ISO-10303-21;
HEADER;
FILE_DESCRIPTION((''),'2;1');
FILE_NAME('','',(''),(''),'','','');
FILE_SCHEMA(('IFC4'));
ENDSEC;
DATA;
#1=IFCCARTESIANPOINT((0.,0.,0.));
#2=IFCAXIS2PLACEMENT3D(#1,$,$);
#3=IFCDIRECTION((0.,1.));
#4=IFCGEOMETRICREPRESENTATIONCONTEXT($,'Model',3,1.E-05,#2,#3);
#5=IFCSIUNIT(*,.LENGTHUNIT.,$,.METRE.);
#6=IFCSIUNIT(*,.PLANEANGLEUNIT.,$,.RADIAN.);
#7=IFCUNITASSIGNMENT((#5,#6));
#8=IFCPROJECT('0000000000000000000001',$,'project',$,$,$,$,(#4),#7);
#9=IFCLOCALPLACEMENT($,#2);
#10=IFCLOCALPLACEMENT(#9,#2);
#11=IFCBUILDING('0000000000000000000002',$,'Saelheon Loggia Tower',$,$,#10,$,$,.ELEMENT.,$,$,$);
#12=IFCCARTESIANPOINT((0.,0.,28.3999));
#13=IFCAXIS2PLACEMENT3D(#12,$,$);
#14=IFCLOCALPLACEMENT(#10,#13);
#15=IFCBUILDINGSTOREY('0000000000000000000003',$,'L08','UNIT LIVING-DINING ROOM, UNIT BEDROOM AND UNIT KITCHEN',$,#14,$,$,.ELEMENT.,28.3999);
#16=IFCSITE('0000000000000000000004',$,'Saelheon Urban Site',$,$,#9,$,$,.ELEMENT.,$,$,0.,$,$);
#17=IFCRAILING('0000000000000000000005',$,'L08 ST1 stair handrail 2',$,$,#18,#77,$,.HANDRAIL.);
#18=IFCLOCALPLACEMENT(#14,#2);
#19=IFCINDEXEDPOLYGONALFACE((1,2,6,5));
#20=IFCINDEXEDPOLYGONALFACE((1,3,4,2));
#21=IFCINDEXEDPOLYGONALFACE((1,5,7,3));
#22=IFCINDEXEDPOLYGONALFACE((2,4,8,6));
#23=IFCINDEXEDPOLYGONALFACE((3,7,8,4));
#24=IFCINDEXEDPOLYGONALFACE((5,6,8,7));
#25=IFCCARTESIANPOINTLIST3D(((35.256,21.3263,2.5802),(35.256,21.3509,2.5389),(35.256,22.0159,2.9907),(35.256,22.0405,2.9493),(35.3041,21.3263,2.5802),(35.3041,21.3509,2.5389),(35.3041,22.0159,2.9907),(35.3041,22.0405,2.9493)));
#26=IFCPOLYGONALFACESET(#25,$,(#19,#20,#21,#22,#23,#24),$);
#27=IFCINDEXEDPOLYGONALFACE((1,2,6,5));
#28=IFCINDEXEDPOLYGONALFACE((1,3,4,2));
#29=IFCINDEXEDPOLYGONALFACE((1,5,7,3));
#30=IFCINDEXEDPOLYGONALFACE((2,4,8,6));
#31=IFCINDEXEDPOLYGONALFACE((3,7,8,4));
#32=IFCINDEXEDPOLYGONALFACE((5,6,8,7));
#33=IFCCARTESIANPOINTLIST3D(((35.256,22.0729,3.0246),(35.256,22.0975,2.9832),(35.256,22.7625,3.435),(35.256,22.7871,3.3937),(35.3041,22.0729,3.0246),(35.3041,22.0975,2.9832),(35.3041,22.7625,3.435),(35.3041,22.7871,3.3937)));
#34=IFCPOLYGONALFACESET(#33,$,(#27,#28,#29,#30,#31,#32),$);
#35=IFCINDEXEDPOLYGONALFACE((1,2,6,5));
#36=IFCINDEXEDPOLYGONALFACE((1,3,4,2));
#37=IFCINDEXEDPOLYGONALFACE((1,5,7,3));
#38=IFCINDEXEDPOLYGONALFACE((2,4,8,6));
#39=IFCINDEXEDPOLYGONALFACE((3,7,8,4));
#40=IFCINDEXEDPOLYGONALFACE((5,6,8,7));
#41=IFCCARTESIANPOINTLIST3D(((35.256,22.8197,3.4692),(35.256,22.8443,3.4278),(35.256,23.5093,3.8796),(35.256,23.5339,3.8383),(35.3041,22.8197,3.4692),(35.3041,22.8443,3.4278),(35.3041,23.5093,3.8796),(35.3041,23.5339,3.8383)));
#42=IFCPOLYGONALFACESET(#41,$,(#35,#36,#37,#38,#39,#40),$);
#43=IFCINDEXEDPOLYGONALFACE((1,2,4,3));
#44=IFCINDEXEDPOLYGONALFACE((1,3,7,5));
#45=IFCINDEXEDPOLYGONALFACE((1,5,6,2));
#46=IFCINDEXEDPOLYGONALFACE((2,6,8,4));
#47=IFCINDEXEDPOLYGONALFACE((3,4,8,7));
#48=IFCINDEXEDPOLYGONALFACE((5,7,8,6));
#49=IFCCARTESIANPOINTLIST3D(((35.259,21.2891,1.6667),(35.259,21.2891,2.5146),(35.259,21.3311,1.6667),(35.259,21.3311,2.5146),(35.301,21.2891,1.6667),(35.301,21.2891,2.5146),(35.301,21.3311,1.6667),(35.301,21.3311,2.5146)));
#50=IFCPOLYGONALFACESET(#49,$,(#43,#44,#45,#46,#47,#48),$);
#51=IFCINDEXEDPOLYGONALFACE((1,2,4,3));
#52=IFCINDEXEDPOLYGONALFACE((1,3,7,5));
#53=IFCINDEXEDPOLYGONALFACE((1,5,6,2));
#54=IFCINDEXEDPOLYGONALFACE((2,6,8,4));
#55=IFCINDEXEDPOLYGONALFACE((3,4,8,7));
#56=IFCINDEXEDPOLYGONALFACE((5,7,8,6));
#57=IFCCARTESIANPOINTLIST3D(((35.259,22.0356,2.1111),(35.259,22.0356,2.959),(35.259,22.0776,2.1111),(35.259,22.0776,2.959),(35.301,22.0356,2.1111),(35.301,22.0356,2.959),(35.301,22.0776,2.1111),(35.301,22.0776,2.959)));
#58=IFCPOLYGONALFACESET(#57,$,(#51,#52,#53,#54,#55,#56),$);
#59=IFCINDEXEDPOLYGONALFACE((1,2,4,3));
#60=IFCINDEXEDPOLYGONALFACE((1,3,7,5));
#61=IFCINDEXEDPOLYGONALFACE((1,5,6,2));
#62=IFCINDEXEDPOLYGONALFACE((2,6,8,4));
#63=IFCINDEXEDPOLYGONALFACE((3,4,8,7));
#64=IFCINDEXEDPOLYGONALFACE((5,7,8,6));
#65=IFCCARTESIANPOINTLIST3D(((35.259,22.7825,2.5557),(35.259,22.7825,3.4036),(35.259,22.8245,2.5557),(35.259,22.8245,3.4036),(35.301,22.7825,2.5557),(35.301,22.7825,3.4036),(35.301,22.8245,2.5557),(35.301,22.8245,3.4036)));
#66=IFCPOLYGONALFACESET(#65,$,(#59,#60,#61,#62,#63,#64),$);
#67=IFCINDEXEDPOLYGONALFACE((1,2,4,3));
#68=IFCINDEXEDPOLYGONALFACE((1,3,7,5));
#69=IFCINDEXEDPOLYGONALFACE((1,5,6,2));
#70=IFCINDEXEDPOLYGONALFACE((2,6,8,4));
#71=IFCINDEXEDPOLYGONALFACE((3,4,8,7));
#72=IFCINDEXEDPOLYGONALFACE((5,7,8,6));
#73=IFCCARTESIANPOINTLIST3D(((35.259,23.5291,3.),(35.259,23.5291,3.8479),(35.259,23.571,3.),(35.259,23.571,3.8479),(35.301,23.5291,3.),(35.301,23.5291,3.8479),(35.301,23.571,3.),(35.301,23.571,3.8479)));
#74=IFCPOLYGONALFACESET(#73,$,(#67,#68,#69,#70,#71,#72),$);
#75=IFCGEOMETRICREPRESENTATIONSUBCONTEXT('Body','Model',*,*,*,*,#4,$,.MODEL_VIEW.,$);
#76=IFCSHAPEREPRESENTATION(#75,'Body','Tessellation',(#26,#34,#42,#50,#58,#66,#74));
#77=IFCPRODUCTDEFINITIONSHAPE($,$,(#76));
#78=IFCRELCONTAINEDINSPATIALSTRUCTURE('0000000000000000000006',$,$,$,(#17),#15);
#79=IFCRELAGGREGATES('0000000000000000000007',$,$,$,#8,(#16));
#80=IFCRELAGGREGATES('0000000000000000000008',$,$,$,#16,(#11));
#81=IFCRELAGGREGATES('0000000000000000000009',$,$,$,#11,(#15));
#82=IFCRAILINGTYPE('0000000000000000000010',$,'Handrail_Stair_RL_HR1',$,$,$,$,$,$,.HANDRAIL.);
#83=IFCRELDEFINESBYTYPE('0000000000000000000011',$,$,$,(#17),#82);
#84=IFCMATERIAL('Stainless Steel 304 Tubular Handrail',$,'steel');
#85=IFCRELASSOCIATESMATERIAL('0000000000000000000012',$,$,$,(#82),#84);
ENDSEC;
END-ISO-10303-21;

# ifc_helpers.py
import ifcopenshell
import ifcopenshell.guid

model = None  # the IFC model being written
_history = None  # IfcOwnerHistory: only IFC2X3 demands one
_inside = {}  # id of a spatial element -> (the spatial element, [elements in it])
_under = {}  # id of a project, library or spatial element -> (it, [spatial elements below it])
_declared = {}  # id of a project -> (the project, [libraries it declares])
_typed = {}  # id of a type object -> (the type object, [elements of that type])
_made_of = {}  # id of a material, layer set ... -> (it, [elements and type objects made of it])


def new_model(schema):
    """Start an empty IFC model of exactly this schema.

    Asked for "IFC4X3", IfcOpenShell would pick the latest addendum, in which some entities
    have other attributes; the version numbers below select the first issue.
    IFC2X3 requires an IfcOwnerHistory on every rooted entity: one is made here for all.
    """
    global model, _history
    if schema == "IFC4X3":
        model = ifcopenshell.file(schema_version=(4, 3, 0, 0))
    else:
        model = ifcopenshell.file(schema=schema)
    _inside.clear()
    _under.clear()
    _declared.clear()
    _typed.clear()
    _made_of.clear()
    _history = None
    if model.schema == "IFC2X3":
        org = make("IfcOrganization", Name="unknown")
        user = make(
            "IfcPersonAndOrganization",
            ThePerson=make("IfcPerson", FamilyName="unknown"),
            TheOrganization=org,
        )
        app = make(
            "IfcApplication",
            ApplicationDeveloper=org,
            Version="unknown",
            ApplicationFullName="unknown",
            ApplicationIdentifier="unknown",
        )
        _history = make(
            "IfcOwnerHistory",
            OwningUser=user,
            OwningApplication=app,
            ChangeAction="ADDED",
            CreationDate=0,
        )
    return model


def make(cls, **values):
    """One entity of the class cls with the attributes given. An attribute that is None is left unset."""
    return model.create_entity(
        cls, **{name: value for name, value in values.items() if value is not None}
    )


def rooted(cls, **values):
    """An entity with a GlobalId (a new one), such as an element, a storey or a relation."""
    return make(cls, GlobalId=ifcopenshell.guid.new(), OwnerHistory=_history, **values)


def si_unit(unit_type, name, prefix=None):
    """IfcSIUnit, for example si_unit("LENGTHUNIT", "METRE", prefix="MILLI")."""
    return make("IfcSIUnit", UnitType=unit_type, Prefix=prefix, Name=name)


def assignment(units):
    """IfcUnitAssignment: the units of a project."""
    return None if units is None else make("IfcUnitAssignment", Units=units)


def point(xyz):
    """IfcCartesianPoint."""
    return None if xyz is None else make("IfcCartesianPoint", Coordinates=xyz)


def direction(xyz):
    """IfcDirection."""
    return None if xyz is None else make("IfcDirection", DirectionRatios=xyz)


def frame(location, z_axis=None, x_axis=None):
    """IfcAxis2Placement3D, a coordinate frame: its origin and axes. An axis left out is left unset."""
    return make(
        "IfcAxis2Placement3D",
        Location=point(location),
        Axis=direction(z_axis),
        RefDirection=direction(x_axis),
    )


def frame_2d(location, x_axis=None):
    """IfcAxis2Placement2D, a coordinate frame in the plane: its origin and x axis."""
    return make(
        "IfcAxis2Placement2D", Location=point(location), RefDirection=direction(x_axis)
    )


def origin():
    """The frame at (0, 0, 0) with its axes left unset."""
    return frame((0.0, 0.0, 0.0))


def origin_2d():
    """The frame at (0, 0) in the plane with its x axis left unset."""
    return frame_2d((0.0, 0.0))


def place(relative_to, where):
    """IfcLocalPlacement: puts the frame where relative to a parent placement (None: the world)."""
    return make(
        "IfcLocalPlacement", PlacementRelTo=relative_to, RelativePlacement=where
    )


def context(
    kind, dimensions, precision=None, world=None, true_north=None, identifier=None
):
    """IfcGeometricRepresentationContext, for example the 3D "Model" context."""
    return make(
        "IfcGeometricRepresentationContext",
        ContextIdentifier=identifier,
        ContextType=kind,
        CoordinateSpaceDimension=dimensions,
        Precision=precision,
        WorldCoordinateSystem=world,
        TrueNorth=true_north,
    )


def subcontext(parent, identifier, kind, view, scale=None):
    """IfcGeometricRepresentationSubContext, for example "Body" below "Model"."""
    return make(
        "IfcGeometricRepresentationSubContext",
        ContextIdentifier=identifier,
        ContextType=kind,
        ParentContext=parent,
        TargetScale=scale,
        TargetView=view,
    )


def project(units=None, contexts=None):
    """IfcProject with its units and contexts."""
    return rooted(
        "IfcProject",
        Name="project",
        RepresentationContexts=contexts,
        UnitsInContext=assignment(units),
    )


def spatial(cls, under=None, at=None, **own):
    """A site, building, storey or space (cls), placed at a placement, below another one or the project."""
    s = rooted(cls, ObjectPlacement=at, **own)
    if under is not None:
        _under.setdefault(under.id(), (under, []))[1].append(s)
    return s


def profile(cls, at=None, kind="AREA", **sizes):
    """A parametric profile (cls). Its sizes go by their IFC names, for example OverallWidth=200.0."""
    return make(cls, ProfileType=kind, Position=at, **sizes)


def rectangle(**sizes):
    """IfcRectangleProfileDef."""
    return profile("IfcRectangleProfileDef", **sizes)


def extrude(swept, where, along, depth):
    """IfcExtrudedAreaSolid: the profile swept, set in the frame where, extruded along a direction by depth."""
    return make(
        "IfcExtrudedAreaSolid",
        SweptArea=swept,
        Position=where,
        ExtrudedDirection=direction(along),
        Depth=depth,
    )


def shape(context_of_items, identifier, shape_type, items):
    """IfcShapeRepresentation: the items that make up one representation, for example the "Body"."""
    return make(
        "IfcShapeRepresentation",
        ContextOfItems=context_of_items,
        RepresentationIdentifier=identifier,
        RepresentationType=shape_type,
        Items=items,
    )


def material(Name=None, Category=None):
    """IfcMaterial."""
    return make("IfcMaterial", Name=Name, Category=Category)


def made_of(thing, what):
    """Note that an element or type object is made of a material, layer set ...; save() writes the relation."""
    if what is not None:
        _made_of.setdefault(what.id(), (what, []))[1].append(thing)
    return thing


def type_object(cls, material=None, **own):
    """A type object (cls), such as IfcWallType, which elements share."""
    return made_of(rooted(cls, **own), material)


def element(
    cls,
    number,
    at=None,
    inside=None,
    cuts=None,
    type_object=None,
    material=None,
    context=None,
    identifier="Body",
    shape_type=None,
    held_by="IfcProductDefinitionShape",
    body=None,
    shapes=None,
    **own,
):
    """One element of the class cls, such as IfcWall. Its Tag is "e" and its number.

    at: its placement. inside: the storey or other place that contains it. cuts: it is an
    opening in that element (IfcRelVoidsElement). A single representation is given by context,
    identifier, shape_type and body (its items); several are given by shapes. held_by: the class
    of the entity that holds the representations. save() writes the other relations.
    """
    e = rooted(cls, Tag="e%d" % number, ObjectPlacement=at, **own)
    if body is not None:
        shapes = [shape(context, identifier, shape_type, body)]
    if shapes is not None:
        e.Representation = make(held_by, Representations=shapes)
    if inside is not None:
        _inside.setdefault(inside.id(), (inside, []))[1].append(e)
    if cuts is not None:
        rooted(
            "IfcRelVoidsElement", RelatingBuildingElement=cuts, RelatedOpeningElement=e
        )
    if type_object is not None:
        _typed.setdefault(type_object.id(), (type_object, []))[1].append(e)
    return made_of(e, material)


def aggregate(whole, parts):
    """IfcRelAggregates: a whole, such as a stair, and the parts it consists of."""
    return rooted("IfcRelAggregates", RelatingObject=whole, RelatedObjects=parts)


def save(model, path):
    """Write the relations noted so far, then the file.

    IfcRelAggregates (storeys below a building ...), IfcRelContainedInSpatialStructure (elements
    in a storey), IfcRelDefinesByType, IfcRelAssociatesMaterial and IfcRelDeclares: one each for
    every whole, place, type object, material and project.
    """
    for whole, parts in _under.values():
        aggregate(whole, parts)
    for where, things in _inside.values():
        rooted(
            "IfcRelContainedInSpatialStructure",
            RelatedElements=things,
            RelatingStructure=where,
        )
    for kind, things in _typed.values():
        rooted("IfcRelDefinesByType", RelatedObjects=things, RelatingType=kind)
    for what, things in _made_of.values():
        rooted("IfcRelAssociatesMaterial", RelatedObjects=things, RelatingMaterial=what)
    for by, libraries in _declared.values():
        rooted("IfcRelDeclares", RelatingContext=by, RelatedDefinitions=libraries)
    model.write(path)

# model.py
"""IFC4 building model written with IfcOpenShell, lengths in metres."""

from ifc_helpers import new_model, si_unit, direction, frame, origin, origin_2d, place, context, subcontext, project, spatial, rectangle, extrude, material, type_object, element, save


model = new_model("IFC4")

# Units and contexts
model_context = context("Model", 3, precision=1e-05, world=origin(), true_north=direction((0.0, 1.0)))
body_context = subcontext(model_context, "Body", "Model", "MODEL_VIEW")
ifc_project = project(units=[si_unit("LENGTHUNIT", "METRE"), si_unit("PLANEANGLEUNIT", "RADIAN")], contexts=[model_context])

# Site, building, storey
site_placement = place(None, origin())
site = spatial("IfcSite", under=ifc_project, at=site_placement, Name="Saelheon Urban Site", CompositionType="ELEMENT", RefElevation=0.0)
building_placement = place(site_placement, origin())
building = spatial("IfcBuilding", under=site, at=building_placement, Name="Saelheon Loggia Tower", CompositionType="ELEMENT")
storey_placement = place(building_placement, frame((0.0, 0.0, 28.3999)))
storey = spatial("IfcBuildingStorey", under=building, at=storey_placement, Name="L08", Description="UNIT LIVING-DINING ROOM, UNIT BEDROOM AND UNIT KITCHEN", CompositionType="ELEMENT", Elevation=28.3999)

# Railing
ifc_material_1 = material(Name="Stainless Steel 304 Tubular Handrail", Category="steel")
railing_type_1 = type_object("IfcRailingType", Name="Handrail_Stair_RL_HR1", PredefinedType="HANDRAIL", material=ifc_material_1)
railing_1_placement = place(storey_placement, frame((35.28, 21.3101, 1.6667)))
element("IfcRailing", 1, at=railing_1_placement, inside=storey, type_object=railing_type_1, Name="L08 ST1 stair handrail 2", PredefinedType="HANDRAIL", context=body_context, shape_type="SweptSolid", body=[
    extrude(rectangle(XDim=0.0481, YDim=0.0481, at=origin_2d()), frame((0.0, 0.0286, 0.8928), z_axis=(0.0, 0.859306, 0.511462), x_axis=(-1.0, 0.0, 0.0)), (0.0, 0.0, 1.0), 0.8025),
    extrude(rectangle(XDim=0.0481, YDim=0.0481, at=origin_2d()), frame((0.0, 0.7751, 1.3372), z_axis=(0.0, 0.859306, 0.511462), x_axis=(-1.0, 0.0, 0.0)), (0.0, 0.0, 1.0), 0.8025),
    extrude(rectangle(XDim=0.0481, YDim=0.0481, at=origin_2d()), frame((0.0, 1.522, 1.7817), z_axis=(0.0, 0.859306, 0.511462), x_axis=(-1.0, 0.0, 0.0)), (0.0, 0.0, 1.0), 0.8025),
    extrude(rectangle(XDim=0.042, YDim=0.042, at=origin_2d()), origin(), (0.0, 0.0, 1.0), 0.8479),
    extrude(rectangle(XDim=0.042, YDim=0.042, at=origin_2d()), frame((0.0, 0.7466, 0.4443)), (0.0, 0.0, 1.0), 0.8479),
    extrude(rectangle(XDim=0.042, YDim=0.042, at=origin_2d()), frame((0.0, 1.4934, 0.8889)), (0.0, 0.0, 1.0), 0.8479),
    extrude(rectangle(XDim=0.042, YDim=0.042, at=origin_2d()), frame((0.0, 2.24, 1.3333)), (0.0, 0.0, 1.0), 0.8479),
])

save(model, "model.ifc")
